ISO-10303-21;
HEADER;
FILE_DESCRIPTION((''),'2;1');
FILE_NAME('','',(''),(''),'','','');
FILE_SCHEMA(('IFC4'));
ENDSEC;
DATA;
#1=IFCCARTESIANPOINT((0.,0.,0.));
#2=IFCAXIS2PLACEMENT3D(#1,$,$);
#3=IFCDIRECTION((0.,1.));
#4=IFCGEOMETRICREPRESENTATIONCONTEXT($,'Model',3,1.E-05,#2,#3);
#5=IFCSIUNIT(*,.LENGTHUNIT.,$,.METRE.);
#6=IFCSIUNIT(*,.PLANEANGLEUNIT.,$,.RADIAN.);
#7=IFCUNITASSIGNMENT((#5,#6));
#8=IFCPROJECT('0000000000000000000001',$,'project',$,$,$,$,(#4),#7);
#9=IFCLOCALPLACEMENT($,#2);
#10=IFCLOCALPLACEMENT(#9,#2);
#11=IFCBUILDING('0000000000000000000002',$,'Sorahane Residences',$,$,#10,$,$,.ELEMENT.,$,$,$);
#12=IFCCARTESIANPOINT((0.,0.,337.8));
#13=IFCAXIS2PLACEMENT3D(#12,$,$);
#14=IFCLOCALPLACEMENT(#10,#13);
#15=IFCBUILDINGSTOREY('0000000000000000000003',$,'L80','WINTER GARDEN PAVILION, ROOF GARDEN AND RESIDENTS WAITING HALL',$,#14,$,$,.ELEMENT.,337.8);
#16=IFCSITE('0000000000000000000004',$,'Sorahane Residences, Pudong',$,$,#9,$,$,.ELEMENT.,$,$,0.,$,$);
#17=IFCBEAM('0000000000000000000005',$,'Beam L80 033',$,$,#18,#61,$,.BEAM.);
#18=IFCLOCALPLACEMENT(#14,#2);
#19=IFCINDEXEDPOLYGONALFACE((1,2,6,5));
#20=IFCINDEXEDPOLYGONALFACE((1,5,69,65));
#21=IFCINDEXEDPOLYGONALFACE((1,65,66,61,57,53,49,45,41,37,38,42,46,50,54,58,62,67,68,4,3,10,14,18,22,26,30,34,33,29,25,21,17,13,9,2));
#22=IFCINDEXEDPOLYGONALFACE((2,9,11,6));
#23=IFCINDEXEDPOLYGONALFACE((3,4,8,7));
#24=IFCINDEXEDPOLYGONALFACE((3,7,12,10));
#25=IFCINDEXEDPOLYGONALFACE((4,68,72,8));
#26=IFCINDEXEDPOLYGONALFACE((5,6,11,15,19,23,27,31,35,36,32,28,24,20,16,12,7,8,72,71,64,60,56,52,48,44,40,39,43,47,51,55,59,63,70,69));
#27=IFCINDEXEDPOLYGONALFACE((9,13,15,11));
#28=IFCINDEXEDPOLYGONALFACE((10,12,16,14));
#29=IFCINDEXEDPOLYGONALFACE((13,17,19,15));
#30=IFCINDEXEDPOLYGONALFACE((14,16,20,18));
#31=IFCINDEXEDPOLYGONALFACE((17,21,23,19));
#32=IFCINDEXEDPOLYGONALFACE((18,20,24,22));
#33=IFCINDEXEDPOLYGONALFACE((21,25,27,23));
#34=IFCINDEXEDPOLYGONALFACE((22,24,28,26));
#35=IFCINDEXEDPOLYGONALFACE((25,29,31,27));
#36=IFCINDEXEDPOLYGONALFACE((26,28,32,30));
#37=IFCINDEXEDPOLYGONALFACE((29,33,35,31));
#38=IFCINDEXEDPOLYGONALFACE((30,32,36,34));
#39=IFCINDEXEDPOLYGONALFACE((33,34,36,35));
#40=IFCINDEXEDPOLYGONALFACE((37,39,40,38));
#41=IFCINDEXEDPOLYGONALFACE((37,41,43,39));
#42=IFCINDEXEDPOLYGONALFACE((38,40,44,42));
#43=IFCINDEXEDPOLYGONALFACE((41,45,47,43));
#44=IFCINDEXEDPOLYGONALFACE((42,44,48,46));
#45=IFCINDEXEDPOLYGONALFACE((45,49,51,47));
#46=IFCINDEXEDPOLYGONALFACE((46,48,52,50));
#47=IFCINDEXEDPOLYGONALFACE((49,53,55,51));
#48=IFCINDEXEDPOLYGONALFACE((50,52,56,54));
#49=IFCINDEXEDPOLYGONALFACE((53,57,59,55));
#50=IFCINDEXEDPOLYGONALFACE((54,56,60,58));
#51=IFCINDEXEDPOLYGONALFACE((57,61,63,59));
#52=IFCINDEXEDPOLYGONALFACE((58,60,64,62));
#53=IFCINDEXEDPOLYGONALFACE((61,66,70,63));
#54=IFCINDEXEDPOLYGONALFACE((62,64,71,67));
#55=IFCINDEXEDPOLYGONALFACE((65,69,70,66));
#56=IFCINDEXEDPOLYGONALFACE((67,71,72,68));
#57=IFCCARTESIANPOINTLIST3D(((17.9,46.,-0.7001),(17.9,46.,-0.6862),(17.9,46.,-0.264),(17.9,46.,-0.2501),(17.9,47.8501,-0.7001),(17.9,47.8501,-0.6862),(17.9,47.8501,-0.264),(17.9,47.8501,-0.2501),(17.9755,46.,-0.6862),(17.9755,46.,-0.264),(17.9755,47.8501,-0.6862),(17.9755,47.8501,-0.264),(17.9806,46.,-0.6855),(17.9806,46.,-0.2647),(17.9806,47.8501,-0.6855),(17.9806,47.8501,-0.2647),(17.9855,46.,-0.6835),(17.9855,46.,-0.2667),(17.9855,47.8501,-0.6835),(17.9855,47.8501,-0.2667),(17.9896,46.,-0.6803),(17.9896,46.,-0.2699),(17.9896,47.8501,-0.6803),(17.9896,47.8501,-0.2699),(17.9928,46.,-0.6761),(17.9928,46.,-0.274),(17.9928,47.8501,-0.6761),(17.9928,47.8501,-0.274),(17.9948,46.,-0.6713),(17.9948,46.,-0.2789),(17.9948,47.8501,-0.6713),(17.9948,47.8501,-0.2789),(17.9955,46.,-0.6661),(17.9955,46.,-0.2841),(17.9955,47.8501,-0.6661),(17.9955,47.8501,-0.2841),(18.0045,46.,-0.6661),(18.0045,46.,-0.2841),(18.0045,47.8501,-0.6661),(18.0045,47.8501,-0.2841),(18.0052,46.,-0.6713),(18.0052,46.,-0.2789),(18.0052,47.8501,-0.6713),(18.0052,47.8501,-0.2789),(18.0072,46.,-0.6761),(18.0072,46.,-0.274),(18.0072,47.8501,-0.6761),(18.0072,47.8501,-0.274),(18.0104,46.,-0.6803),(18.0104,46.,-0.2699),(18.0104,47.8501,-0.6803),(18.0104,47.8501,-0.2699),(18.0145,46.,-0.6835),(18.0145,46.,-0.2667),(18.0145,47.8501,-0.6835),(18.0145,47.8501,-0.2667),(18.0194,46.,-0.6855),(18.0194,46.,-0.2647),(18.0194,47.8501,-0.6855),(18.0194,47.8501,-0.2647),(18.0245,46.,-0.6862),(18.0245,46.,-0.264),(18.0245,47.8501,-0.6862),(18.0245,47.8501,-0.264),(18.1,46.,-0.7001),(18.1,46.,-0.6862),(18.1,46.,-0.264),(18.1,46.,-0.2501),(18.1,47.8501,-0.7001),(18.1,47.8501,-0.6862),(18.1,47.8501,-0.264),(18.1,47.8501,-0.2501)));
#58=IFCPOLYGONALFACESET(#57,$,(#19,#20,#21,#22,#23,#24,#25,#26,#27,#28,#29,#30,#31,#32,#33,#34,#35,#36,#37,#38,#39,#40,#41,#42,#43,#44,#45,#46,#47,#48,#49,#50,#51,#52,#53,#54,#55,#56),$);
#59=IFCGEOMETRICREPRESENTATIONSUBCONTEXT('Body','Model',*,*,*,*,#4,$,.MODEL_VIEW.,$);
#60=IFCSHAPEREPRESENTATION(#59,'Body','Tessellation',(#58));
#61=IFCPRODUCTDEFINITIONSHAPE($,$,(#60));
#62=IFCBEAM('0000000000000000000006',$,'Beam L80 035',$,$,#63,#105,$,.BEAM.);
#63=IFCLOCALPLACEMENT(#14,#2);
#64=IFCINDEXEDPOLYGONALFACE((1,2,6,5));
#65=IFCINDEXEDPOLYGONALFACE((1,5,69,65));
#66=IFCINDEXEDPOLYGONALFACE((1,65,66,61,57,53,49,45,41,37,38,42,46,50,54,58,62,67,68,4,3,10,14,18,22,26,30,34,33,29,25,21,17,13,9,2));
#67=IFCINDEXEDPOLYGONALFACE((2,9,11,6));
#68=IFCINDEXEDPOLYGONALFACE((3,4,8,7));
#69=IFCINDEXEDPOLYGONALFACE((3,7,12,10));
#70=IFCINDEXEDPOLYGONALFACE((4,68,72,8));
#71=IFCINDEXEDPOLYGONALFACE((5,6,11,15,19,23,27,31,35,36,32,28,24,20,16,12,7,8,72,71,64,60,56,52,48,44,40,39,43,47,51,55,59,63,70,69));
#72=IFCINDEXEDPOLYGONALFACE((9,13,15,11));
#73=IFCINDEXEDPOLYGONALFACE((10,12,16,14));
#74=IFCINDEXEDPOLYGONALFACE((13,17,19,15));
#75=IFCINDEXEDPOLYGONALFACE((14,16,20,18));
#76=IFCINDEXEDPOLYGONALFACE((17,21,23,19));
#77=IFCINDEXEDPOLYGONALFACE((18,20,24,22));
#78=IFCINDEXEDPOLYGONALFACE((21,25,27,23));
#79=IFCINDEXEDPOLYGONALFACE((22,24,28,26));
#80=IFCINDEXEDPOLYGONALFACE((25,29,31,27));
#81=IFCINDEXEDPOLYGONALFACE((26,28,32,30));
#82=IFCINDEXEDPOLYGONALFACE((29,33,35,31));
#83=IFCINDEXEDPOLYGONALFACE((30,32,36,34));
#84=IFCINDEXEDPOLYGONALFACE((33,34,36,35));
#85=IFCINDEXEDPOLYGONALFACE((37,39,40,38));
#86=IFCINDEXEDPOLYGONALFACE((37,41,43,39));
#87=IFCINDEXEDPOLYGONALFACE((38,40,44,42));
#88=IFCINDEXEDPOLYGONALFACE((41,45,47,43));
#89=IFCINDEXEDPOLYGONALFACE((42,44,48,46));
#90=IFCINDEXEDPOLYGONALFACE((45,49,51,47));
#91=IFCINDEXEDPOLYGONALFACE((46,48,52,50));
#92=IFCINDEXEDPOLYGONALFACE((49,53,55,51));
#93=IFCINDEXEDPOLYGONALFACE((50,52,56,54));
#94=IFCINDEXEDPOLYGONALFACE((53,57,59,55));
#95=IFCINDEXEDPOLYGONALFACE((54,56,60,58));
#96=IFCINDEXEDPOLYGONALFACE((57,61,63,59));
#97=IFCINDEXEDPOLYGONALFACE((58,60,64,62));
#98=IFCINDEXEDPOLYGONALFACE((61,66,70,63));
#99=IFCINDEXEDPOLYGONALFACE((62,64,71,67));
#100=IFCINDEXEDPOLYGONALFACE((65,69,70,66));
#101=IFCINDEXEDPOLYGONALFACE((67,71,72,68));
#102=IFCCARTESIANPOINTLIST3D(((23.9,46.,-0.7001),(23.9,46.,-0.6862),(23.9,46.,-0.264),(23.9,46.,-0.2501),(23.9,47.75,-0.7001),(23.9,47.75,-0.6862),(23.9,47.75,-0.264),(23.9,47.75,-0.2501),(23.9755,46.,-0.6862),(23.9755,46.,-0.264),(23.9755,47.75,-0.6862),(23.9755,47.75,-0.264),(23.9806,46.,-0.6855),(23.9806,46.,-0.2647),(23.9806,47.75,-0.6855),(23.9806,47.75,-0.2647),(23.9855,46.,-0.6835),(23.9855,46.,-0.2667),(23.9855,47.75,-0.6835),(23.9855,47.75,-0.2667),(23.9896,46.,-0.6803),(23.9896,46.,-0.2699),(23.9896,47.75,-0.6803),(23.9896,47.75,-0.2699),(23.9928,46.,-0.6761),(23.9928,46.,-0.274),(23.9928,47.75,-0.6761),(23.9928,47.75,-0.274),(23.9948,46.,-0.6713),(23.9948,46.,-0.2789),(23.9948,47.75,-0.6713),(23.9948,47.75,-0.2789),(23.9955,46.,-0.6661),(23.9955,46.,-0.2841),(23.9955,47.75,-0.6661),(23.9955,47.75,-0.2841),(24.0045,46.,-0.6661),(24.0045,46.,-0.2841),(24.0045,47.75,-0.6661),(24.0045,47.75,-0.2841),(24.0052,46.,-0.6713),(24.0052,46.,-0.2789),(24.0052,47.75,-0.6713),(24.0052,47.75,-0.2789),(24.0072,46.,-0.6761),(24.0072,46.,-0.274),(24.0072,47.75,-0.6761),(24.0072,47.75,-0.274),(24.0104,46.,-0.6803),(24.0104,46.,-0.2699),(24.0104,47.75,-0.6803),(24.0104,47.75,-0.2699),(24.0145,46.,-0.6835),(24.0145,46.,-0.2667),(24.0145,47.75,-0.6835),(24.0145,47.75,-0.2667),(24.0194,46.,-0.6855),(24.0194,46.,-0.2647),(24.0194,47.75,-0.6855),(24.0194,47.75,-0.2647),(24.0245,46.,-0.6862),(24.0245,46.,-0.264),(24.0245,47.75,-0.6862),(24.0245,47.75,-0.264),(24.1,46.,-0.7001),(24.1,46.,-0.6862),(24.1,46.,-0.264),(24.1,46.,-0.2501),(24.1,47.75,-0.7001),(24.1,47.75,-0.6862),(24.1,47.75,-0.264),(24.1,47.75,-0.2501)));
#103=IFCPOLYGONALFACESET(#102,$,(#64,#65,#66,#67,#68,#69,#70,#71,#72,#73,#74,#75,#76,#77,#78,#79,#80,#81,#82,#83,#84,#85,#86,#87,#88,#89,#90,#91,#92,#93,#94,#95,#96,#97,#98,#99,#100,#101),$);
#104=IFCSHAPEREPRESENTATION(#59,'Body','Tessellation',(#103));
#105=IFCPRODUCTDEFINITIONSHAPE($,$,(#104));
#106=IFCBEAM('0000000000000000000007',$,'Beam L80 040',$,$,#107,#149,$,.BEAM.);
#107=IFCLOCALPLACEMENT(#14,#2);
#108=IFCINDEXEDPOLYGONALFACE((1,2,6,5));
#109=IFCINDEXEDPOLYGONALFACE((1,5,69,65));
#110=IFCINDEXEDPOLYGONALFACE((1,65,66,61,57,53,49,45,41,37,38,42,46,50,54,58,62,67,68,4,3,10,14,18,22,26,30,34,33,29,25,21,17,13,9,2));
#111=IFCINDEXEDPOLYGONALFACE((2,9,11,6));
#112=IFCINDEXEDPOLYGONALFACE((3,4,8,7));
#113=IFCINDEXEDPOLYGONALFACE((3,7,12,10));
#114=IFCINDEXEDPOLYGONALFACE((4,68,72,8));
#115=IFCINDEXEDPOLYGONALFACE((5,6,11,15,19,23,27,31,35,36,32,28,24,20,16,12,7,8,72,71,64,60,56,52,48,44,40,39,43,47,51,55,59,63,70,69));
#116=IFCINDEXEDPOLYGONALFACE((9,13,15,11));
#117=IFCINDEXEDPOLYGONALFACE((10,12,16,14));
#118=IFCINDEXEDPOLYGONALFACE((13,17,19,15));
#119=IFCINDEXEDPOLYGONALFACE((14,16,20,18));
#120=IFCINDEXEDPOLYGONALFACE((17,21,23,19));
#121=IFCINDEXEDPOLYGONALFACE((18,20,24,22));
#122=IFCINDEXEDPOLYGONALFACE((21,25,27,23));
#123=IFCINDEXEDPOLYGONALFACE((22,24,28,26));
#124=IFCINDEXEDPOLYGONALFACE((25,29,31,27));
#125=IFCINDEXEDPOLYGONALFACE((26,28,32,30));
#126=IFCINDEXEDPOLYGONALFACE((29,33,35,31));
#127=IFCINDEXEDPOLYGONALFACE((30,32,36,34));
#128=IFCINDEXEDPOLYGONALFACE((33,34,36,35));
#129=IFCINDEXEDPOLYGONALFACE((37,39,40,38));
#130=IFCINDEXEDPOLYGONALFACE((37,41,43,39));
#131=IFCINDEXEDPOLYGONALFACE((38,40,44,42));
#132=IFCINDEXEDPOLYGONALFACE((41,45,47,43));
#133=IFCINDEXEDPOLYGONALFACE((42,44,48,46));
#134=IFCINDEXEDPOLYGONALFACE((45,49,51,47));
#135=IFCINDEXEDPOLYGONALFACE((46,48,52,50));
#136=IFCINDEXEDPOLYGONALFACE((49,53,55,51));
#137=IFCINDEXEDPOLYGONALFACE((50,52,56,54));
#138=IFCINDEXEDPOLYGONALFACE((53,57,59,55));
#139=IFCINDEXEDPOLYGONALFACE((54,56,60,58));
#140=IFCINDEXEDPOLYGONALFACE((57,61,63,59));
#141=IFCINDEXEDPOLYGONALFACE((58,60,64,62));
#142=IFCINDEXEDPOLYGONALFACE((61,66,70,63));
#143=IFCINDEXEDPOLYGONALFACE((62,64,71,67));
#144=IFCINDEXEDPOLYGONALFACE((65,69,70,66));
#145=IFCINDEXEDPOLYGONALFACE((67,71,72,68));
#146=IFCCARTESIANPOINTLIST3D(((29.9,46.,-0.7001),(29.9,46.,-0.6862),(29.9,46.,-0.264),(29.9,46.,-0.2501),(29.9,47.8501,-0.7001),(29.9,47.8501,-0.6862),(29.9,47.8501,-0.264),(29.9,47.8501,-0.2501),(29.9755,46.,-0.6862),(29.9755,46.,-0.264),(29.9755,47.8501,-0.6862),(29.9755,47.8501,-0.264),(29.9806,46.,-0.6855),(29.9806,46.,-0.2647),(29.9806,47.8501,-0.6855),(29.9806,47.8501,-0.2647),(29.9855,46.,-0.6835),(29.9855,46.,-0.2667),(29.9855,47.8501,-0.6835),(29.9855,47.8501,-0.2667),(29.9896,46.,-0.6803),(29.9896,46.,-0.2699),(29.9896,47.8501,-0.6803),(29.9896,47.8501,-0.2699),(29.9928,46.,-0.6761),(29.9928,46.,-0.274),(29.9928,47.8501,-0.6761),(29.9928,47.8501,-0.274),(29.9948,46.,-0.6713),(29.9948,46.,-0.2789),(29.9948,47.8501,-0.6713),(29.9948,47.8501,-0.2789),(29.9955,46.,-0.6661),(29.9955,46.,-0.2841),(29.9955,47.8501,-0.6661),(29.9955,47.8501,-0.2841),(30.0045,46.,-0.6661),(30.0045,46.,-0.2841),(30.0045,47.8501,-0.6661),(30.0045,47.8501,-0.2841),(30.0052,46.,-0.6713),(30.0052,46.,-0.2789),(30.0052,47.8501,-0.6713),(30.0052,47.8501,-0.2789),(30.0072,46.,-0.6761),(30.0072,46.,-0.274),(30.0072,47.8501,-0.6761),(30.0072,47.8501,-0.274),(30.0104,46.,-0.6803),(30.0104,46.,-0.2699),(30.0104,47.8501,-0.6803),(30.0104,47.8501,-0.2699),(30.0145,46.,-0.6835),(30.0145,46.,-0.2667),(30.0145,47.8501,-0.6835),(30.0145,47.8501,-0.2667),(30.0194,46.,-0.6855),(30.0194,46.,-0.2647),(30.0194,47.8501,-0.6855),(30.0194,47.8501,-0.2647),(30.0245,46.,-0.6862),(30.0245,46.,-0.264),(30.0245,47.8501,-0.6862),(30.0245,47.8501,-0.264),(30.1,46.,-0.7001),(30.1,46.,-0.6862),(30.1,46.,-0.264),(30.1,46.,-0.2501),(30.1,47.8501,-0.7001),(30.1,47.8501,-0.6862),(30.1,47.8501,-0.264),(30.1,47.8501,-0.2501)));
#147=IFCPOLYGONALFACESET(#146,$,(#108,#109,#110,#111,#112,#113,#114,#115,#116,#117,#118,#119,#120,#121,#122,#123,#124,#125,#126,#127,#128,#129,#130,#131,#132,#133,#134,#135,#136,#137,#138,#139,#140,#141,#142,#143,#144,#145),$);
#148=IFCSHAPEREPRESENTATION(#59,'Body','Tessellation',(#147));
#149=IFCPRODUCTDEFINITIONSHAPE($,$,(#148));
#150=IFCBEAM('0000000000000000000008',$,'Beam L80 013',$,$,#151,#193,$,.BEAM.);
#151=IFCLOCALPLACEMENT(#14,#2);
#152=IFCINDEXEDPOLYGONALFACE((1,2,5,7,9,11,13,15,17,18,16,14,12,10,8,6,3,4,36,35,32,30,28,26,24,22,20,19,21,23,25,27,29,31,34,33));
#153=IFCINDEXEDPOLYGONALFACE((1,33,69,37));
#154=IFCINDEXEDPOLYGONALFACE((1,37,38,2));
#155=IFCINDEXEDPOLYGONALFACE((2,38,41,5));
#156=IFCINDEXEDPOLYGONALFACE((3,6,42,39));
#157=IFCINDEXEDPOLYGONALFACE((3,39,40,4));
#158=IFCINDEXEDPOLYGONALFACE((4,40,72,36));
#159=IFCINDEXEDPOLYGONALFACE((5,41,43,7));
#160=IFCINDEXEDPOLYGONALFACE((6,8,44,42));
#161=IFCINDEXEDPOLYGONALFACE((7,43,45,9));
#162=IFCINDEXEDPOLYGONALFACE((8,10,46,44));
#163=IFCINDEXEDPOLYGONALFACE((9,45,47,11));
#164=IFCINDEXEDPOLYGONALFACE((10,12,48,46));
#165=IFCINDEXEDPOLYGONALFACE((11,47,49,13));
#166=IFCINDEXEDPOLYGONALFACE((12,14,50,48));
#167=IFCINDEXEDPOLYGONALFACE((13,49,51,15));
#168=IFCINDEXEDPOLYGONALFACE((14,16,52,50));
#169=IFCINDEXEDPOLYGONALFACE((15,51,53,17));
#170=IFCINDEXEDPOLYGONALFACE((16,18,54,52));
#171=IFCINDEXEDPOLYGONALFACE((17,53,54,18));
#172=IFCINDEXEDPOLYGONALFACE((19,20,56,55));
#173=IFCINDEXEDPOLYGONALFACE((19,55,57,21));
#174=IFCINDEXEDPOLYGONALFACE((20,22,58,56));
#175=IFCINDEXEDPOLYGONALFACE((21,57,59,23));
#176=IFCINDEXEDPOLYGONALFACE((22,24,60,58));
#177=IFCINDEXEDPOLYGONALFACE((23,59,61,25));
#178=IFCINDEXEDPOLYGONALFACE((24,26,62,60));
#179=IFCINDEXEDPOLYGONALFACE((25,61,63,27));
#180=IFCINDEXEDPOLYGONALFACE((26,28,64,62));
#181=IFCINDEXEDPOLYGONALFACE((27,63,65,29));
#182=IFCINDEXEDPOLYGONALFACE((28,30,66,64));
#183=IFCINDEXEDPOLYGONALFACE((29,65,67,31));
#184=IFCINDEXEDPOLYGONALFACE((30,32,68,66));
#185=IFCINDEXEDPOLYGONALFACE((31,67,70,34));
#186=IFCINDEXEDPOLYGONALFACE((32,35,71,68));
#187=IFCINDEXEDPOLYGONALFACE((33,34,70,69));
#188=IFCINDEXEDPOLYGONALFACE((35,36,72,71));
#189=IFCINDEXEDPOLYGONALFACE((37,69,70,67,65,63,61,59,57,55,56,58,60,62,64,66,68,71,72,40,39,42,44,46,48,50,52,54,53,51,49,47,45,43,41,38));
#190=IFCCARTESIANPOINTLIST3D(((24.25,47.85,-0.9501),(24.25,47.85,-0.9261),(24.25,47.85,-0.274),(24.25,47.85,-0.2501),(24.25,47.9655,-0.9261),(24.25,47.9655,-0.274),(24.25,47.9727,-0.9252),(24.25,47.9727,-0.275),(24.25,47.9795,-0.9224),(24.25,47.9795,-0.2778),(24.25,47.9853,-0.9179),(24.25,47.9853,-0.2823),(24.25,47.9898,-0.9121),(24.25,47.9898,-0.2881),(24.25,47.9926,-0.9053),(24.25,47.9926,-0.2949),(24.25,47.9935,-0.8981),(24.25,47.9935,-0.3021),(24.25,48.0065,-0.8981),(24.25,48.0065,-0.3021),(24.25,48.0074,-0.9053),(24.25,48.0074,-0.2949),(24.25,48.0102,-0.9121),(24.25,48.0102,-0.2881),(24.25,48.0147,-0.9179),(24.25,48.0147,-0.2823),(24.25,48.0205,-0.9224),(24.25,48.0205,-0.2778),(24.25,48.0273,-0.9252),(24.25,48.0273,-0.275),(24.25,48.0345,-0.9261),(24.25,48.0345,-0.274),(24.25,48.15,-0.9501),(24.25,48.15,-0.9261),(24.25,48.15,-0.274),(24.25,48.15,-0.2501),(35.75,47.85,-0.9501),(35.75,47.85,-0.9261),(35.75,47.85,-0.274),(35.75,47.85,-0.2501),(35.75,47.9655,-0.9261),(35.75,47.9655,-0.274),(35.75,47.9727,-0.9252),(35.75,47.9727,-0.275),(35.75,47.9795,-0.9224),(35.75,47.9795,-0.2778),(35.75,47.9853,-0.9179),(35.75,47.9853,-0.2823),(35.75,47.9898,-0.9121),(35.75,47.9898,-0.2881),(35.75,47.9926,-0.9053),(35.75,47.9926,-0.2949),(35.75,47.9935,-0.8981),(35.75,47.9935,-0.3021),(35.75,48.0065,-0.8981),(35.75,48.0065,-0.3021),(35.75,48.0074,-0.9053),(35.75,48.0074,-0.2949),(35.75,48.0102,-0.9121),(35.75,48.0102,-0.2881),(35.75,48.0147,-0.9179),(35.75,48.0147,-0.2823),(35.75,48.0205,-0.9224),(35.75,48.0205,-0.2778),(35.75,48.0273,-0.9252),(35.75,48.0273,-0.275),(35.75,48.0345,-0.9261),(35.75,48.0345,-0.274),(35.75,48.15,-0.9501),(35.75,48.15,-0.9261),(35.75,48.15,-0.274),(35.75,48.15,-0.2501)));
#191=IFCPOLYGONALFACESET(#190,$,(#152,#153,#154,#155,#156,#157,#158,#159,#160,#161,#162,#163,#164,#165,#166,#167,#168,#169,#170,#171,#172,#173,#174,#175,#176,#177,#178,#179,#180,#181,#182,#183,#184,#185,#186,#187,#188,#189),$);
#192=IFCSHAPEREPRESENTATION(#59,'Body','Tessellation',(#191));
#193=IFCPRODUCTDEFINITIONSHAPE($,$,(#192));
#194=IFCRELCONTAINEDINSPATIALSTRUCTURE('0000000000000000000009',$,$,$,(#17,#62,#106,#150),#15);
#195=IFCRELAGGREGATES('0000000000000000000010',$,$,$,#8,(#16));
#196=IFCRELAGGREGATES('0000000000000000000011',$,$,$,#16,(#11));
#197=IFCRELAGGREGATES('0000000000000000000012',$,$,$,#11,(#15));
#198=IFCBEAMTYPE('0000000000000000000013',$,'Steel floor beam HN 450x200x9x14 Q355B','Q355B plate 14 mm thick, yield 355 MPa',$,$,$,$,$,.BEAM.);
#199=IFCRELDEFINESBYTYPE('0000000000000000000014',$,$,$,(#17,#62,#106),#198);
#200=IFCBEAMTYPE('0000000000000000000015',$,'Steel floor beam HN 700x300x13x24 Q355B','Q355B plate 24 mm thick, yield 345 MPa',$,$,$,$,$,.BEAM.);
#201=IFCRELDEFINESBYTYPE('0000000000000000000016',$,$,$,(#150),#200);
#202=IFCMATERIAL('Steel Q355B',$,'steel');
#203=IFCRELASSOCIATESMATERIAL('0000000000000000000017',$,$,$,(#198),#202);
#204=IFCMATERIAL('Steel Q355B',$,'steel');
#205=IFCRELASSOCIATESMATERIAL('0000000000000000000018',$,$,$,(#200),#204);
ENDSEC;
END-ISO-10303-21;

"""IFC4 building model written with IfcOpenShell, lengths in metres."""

from ifc_helpers import new_model, si_unit, direction, frame, origin, origin_2d, place, context, subcontext, project, spatial, i_section, extrude, material, material_profile, profile_set, type_object, element, save


model = new_model("IFC4")

# Units and contexts
model_context = context("Model", 3, precision=1e-05, world=origin(), true_north=direction((0.0, 1.0)))
body_context = subcontext(model_context, "Body", "Model", "MODEL_VIEW")
ifc_project = project(units=[si_unit("LENGTHUNIT", "METRE"), si_unit("PLANEANGLEUNIT", "RADIAN")], contexts=[model_context])

# Site, building, storey
site_placement = place(None, origin())
site = spatial("IfcSite", under=ifc_project, at=site_placement, Name="Sorahane Residences, Pudong", CompositionType="ELEMENT", RefElevation=0.0)
building_placement = place(site_placement, origin())
building = spatial("IfcBuilding", under=site, at=building_placement, Name="Sorahane Residences", CompositionType="ELEMENT")
storey_placement = place(building_placement, frame((0.0, 0.0, 337.8)))
storey = spatial("IfcBuildingStorey", under=building, at=storey_placement, Name="L80", Description="WINTER GARDEN PAVILION, ROOF GARDEN AND RESIDENTS WAITING HALL", CompositionType="ELEMENT", Elevation=337.8)

# Beams
ifc_material_1 = material(Name="Steel Q355B", Category="steel")
ifc_material_profile_1 = material_profile(ifc_material_1, i_section(OverallWidth=0.2, OverallDepth=0.45, WebThickness=0.009, FlangeThickness=0.0139, FilletRadius=0.02, at=origin_2d()), Name="HN 450x200x9x14")
ifc_profile_set_1 = profile_set([ifc_material_profile_1], Name="Steel Q355B")
beam_type_1 = type_object("IfcBeamType", Name="Steel floor beam HN 450x200x9x14 Q355B", Description="Q355B plate 14 mm thick, yield 355 MPa", PredefinedType="BEAM", material=ifc_profile_set_1)
beam_1_placement = place(storey_placement, frame((18.0, 46.0, -0.4751), z_axis=(0.0, 1.0, 0.0), x_axis=(-1.0, 0.0, 0.0)))
element("IfcBeam", 1, at=beam_1_placement, inside=storey, type_object=beam_type_1, Name="Beam L80 033", PredefinedType="BEAM", context=body_context, shape_type="SweptSolid", body=[
    extrude(i_section(OverallWidth=0.2, OverallDepth=0.45, WebThickness=0.009, FlangeThickness=0.0139, FilletRadius=0.02, at=origin_2d()), origin(), (0.0, 0.0, 1.0), 1.8501),
])
beam_2_placement = place(storey_placement, frame((24.0, 46.0, -0.4751), z_axis=(0.0, 1.0, 0.0), x_axis=(-1.0, 0.0, 0.0)))
element("IfcBeam", 2, at=beam_2_placement, inside=storey, type_object=beam_type_1, Name="Beam L80 035", PredefinedType="BEAM", context=body_context, shape_type="SweptSolid", body=[
    extrude(i_section(OverallWidth=0.2, OverallDepth=0.45, WebThickness=0.009, FlangeThickness=0.0139, FilletRadius=0.02, at=origin_2d()), origin(), (0.0, 0.0, 1.0), 1.75),
])
beam_3_placement = place(storey_placement, frame((30.0, 46.0, -0.4751), z_axis=(0.0, 1.0, 0.0), x_axis=(-1.0, 0.0, 0.0)))
element("IfcBeam", 3, at=beam_3_placement, inside=storey, type_object=beam_type_1, Name="Beam L80 040", PredefinedType="BEAM", context=body_context, shape_type="SweptSolid", body=[
    extrude(i_section(OverallWidth=0.2, OverallDepth=0.45, WebThickness=0.009, FlangeThickness=0.0139, FilletRadius=0.02, at=origin_2d()), origin(), (0.0, 0.0, 1.0), 1.8501),
])
ifc_material_2 = material(Name="Steel Q355B", Category="steel")
ifc_material_profile_2 = material_profile(ifc_material_2, i_section(OverallWidth=0.3, OverallDepth=0.7, WebThickness=0.0129, FlangeThickness=0.0239, FilletRadius=0.0281, at=origin_2d()), Name="HN 700x300x13x24")
ifc_profile_set_2 = profile_set([ifc_material_profile_2], Name="Steel Q355B")
beam_type_2 = type_object("IfcBeamType", Name="Steel floor beam HN 700x300x13x24 Q355B", Description="Q355B plate 24 mm thick, yield 345 MPa", PredefinedType="BEAM", material=ifc_profile_set_2)
beam_4_placement = place(storey_placement, frame((24.25, 48.0, -0.6001), z_axis=(1.0, 0.0, 0.0), x_axis=(0.0, 1.0, 0.0)))
element("IfcBeam", 4, at=beam_4_placement, inside=storey, type_object=beam_type_2, Name="Beam L80 013", PredefinedType="BEAM", context=body_context, shape_type="SweptSolid", body=[
    extrude(i_section(OverallWidth=0.3, OverallDepth=0.7, WebThickness=0.0129, FlangeThickness=0.0239, FilletRadius=0.0281, at=origin_2d()), origin(), (0.0, 0.0, 1.0), 11.5),
])

save(model, "model.ifc")
